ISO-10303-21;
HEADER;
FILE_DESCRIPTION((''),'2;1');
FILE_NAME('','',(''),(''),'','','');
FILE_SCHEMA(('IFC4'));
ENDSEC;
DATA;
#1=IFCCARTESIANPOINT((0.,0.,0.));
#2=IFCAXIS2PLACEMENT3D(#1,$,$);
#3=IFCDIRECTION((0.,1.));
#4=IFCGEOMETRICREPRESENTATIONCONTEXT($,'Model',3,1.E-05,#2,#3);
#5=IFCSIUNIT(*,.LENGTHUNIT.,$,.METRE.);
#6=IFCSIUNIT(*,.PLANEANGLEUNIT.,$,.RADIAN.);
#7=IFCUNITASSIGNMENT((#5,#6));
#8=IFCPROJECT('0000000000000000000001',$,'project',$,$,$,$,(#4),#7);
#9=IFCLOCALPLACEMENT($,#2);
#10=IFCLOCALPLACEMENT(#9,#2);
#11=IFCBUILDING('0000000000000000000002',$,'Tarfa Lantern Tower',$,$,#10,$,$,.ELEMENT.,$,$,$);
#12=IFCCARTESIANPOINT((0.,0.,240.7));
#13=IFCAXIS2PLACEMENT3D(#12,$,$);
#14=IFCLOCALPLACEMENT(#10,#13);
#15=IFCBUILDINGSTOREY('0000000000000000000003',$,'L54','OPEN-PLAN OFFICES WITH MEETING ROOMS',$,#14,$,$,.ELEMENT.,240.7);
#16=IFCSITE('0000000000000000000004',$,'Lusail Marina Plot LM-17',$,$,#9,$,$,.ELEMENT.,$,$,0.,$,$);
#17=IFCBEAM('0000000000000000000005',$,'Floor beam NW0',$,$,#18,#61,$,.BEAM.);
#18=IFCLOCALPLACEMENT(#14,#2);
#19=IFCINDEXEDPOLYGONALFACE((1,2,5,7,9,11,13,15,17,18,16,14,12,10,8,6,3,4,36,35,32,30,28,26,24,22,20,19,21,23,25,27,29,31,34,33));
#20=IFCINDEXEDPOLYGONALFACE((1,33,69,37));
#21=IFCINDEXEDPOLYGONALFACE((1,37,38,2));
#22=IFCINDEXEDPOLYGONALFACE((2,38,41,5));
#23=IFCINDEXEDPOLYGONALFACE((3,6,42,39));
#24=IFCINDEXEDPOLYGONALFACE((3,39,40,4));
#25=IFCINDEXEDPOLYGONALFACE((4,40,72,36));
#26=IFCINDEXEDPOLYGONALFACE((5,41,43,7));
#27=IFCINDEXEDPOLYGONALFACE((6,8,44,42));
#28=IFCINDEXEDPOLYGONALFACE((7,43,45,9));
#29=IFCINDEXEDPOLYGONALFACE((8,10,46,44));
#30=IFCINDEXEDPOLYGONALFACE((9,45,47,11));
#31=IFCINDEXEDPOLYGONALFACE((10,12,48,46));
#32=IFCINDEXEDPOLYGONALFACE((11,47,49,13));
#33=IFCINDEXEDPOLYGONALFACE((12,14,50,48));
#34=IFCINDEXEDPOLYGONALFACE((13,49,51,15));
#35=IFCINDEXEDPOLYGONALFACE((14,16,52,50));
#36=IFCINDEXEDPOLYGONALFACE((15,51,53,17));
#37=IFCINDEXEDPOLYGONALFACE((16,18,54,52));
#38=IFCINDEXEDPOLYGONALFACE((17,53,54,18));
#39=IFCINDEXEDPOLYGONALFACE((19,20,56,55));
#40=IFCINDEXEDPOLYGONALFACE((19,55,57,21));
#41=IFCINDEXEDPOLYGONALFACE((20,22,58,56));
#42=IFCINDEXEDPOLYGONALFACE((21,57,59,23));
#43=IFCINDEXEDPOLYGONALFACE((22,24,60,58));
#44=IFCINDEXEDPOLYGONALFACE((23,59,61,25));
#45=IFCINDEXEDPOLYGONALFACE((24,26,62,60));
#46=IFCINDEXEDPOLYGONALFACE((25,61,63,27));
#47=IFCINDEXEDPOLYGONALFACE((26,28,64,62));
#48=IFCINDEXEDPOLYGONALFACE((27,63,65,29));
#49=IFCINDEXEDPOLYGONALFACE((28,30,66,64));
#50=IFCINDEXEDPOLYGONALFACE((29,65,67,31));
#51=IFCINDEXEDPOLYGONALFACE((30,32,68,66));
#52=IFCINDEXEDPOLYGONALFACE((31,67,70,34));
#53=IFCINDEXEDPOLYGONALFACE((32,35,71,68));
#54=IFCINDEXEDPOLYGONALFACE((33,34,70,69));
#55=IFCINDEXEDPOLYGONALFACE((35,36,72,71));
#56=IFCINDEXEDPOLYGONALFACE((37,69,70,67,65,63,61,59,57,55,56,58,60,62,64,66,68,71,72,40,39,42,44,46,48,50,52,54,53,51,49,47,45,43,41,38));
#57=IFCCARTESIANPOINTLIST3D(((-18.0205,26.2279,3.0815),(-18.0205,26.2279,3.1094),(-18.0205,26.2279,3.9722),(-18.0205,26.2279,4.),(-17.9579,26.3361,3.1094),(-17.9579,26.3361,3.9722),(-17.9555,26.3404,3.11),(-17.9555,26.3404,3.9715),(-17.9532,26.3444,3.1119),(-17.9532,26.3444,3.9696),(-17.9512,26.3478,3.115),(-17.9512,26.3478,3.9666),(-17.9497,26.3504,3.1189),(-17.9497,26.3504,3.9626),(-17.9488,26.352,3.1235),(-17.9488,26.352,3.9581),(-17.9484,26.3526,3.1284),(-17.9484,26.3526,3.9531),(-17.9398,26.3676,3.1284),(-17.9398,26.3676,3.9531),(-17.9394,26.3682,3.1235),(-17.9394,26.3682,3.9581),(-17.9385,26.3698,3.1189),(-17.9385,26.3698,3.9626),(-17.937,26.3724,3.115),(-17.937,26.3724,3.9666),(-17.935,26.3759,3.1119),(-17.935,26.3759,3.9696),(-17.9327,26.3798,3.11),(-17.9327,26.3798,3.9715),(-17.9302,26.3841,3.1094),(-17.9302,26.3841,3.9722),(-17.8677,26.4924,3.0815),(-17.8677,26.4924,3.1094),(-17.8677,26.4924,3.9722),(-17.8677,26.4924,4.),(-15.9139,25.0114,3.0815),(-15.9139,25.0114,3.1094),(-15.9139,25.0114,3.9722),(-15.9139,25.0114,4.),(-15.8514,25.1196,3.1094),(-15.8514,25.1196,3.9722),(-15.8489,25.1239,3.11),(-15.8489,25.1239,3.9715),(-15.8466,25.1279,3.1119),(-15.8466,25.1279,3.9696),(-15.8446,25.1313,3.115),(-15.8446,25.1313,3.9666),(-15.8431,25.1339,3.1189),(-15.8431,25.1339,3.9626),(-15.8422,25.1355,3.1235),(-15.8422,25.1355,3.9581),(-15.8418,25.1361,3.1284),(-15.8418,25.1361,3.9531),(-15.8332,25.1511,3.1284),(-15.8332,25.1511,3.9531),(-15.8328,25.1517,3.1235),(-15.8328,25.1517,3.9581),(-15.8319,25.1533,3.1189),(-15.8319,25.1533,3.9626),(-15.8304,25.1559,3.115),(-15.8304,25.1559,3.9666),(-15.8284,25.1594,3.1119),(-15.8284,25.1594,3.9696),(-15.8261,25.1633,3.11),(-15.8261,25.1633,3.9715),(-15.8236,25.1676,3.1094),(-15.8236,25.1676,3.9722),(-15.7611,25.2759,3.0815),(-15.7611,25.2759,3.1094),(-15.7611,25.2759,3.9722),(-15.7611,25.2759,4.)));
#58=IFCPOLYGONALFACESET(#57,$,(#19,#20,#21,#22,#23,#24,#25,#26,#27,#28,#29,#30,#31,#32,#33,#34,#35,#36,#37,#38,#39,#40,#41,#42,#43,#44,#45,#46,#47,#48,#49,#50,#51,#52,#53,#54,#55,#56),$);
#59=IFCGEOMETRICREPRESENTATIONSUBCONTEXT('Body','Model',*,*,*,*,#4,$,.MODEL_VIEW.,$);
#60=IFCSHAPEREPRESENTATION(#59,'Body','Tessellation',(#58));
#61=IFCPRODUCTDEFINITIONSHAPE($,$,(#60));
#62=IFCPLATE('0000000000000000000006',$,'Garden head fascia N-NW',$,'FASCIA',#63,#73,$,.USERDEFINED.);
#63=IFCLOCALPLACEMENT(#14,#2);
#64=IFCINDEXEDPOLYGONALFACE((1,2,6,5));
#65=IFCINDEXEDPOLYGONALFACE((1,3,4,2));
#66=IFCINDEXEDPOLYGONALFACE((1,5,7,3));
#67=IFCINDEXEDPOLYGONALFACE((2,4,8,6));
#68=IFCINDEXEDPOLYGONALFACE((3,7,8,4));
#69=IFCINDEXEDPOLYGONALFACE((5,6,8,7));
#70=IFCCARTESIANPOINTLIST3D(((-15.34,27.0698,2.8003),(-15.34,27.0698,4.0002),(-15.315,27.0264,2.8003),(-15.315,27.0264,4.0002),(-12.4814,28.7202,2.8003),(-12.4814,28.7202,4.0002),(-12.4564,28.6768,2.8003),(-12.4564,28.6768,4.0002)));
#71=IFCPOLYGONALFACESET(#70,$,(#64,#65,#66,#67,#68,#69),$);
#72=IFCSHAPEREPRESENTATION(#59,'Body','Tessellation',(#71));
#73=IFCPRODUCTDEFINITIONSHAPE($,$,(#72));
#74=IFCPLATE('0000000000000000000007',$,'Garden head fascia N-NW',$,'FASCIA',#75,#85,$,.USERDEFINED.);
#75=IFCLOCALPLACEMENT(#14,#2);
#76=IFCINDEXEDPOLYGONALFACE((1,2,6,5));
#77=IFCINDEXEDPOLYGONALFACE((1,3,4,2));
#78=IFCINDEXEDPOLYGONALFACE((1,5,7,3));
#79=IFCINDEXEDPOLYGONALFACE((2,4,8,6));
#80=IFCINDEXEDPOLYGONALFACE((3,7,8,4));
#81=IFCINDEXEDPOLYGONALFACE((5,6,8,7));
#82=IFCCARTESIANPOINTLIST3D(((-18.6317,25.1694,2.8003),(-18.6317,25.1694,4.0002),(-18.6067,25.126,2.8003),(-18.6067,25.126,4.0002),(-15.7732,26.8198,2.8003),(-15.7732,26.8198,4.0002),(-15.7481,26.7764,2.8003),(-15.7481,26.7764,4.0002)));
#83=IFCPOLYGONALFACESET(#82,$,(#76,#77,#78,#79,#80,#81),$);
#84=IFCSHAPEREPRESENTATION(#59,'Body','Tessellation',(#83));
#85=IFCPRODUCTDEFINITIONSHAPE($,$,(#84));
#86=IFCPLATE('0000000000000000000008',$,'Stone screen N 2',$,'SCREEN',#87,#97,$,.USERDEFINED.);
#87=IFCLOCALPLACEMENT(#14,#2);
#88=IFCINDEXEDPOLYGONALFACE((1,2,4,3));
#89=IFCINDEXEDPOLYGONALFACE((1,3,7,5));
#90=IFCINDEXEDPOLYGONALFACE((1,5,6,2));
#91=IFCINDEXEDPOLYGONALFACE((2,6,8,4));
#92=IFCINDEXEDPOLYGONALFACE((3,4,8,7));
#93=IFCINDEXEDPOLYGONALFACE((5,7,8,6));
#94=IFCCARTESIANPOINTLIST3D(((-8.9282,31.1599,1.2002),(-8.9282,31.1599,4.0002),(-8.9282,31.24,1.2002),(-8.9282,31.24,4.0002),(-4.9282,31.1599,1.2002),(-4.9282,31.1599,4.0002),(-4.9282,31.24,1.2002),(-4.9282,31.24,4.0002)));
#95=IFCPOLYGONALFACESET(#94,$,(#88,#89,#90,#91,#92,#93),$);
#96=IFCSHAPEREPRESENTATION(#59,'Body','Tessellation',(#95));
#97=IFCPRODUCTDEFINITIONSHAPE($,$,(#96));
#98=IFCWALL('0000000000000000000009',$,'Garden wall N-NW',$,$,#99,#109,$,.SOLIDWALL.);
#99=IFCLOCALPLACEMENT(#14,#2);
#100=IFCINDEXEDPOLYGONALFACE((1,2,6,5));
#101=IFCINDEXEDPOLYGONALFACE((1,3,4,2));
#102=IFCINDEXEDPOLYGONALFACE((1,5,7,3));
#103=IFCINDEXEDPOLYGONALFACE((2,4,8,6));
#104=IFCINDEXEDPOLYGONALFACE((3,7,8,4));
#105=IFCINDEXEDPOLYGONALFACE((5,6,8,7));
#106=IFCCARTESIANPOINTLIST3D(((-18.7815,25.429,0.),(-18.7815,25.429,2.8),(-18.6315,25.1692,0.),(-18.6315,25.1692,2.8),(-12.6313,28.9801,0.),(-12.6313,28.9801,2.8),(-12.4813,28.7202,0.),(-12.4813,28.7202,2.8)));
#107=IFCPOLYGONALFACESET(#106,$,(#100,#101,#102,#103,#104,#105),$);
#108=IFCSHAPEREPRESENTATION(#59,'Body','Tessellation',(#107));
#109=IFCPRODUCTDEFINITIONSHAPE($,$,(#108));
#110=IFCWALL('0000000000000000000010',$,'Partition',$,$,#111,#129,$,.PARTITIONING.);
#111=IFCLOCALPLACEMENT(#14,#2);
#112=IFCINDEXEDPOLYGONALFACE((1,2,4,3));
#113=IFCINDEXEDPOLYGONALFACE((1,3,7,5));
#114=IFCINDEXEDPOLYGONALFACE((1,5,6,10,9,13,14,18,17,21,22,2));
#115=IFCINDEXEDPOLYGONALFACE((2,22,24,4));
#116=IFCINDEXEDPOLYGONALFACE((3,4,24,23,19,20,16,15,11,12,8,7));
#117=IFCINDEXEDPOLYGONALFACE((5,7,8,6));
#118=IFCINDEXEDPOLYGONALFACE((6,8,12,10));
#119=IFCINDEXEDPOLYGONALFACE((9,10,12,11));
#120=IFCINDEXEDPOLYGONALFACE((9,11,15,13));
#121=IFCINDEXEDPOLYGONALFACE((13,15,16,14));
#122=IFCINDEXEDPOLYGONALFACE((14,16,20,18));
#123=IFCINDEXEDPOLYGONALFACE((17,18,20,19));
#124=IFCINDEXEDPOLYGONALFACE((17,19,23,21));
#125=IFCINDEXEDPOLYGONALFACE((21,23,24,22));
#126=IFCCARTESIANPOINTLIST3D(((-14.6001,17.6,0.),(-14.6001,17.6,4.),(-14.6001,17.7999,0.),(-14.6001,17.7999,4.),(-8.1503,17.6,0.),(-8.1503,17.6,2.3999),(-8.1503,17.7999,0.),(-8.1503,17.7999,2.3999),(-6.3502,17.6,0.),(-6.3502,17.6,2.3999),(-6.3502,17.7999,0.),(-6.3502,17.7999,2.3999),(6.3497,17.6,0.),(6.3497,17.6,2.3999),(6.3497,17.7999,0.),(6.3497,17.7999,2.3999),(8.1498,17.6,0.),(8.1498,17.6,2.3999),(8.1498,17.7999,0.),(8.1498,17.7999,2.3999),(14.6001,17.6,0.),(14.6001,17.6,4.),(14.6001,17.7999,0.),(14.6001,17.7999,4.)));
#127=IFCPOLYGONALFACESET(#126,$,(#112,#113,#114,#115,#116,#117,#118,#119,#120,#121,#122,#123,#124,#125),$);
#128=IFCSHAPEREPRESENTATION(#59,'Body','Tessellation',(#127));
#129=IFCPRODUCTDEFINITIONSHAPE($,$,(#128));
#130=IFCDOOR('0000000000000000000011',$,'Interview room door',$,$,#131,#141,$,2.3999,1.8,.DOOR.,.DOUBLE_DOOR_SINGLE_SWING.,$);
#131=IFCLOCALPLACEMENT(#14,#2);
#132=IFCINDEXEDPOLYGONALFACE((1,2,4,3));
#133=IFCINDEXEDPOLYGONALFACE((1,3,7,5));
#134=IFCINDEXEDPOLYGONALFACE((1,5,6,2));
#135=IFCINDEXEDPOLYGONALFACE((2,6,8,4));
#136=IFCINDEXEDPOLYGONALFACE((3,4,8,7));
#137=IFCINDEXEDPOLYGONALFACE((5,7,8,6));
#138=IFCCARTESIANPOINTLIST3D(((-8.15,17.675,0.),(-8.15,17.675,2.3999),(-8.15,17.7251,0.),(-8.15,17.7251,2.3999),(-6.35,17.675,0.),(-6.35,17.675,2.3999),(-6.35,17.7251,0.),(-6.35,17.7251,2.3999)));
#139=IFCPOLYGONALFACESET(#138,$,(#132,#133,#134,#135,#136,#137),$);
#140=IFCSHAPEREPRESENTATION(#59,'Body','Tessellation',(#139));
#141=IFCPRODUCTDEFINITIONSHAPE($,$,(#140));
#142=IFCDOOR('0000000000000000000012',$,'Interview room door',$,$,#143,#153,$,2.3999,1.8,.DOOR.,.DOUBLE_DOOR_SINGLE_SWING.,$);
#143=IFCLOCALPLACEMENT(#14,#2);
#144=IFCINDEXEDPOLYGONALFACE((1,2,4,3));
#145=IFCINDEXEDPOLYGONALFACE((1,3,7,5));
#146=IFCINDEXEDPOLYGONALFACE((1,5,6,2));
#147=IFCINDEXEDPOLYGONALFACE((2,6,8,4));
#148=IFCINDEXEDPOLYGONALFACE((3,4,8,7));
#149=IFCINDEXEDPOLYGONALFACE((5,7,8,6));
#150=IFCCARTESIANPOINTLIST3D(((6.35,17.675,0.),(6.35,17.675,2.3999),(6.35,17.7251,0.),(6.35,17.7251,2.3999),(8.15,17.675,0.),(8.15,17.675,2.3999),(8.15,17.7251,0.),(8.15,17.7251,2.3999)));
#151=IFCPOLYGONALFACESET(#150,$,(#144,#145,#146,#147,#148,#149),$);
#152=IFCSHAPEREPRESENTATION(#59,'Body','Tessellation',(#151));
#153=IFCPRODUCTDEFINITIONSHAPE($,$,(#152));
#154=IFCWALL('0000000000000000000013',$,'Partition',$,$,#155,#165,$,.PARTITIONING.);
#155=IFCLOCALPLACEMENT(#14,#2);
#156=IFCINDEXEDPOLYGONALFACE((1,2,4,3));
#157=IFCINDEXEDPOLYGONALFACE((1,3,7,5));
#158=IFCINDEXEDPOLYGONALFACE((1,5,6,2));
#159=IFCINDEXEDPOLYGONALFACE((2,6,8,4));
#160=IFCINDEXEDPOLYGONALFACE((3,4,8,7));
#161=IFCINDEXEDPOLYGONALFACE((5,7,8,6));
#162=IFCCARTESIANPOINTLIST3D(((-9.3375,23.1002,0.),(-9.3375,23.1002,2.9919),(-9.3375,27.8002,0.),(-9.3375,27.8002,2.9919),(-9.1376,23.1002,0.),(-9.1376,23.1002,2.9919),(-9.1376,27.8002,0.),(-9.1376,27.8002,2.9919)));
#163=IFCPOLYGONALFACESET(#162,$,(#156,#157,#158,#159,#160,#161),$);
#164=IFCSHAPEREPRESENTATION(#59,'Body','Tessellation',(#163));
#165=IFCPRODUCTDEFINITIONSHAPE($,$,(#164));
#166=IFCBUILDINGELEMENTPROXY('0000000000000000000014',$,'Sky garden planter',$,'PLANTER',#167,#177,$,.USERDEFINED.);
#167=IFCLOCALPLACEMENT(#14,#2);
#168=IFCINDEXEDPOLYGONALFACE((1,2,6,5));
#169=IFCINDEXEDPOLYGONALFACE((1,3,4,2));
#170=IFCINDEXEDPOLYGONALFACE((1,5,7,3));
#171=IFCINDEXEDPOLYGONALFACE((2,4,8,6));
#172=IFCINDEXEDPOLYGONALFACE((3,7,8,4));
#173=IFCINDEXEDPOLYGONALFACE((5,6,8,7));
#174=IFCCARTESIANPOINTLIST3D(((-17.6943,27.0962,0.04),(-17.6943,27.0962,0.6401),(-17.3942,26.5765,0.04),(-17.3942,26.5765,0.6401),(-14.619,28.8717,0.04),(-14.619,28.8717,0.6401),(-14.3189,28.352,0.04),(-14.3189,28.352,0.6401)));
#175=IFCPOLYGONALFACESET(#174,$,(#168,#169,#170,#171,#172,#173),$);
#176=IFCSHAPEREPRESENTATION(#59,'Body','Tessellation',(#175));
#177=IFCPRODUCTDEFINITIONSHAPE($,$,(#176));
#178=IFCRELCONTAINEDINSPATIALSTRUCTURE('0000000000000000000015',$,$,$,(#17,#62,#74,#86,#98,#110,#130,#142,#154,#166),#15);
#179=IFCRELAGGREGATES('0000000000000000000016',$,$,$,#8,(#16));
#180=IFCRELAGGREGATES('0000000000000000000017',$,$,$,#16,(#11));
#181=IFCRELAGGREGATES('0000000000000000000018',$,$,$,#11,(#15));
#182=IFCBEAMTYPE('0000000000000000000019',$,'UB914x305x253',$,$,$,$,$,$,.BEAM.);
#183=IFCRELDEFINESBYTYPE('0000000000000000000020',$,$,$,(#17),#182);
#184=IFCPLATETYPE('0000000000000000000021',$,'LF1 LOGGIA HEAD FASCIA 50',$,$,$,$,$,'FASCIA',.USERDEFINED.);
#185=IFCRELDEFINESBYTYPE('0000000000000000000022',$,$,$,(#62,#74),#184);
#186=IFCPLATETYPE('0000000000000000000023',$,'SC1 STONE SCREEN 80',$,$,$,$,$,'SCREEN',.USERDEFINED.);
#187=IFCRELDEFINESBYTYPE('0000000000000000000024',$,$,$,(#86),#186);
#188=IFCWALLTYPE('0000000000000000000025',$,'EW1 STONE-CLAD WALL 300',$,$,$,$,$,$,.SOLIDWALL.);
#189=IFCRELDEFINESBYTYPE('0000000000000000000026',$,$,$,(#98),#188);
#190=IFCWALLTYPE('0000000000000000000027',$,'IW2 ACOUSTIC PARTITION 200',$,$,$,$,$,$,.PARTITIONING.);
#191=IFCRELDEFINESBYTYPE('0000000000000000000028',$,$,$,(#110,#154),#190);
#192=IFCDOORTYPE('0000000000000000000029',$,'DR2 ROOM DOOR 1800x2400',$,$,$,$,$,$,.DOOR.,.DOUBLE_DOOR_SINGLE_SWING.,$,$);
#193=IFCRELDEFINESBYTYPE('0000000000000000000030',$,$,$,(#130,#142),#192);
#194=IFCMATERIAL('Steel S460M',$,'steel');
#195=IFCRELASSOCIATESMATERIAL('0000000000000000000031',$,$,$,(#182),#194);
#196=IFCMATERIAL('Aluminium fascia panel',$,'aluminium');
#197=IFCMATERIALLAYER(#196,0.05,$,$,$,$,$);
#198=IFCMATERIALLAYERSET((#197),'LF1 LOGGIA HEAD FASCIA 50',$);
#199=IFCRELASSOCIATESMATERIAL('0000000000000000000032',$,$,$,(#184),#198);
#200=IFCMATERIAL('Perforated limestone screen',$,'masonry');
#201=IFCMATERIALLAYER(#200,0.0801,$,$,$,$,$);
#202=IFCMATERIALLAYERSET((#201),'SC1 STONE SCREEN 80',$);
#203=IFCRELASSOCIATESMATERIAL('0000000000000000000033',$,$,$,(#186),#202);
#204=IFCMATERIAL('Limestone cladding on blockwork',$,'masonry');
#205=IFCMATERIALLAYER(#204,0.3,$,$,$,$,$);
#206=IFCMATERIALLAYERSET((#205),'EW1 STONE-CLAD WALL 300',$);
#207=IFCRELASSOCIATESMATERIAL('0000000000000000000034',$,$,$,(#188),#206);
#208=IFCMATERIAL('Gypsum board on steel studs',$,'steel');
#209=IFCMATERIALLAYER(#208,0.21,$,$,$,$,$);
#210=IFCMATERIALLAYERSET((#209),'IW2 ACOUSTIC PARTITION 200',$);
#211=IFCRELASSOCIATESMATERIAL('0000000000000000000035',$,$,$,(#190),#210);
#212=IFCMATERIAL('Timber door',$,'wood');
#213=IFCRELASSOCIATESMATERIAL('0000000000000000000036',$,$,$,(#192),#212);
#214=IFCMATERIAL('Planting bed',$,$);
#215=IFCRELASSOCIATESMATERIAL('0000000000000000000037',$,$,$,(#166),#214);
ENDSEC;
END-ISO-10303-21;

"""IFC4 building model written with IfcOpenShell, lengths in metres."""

from ifc_helpers import new_model, si_unit, direction, frame, frame_2d, origin, origin_2d, place, context, subcontext, project, spatial, rectangle, i_section, extrude, material, layer, layer_set, material_profile, profile_set, type_object, element, fill, save


model = new_model("IFC4")

# Units and contexts
model_context = context("Model", 3, precision=1e-05, world=origin(), true_north=direction((0.0, 1.0)))
body_context = subcontext(model_context, "Body", "Model", "MODEL_VIEW")
ifc_project = project(units=[si_unit("LENGTHUNIT", "METRE"), si_unit("PLANEANGLEUNIT", "RADIAN")], contexts=[model_context])

# Site, building, storey
site_placement = place(None, origin())
site = spatial("IfcSite", under=ifc_project, at=site_placement, Name="Lusail Marina Plot LM-17", CompositionType="ELEMENT", RefElevation=0.0)
building_placement = place(site_placement, origin())
building = spatial("IfcBuilding", under=site, at=building_placement, Name="Tarfa Lantern Tower", CompositionType="ELEMENT")
storey_placement = place(building_placement, frame((0.0, 0.0, 240.7)))
storey = spatial("IfcBuildingStorey", under=building, at=storey_placement, Name="L54", Description="OPEN-PLAN OFFICES WITH MEETING ROOMS", CompositionType="ELEMENT", Elevation=240.7)

# Beam
ifc_material_1 = material(Name="Steel S460M", Category="steel")
ifc_material_profile_1 = material_profile(ifc_material_1, i_section(OverallWidth=0.3054, OverallDepth=0.9185, WebThickness=0.0173, FlangeThickness=0.0278, FilletRadius=0.019, at=origin_2d()), Name="UB914x305x253")
ifc_profile_set_1 = profile_set([ifc_material_profile_1], Name="Steel S460M")
beam_type_1 = type_object("IfcBeamType", Name="UB914x305x253", PredefinedType="BEAM", material=ifc_profile_set_1)
beam_1_placement = place(storey_placement, frame((-17.9441, 26.3601, 3.5408), z_axis=(0.86598, -0.500079, 0.0), x_axis=(0.500079, 0.86598, 0.0)))
element("IfcBeam", 1, at=beam_1_placement, inside=storey, type_object=beam_type_1, Name="Floor beam NW0", PredefinedType="BEAM", context=body_context, shape_type="SweptSolid", body=[
    extrude(i_section(OverallWidth=0.3054, OverallDepth=0.9185, WebThickness=0.0173, FlangeThickness=0.0278, FilletRadius=0.019, at=origin_2d()), origin(), (0.0, 0.0, 1.0), 2.4326),
])

# Plates
ifc_material_2 = material(Name="Aluminium fascia panel", Category="aluminium")
ifc_layer_1 = layer(ifc_material_2, 0.05)
ifc_layer_set_1 = layer_set([ifc_layer_1], Name="LF1 LOGGIA HEAD FASCIA 50")
plate_type_1 = type_object("IfcPlateType", Name="LF1 LOGGIA HEAD FASCIA 50", ElementType="FASCIA", PredefinedType="USERDEFINED", material=ifc_layer_set_1)
for number, where, z_axis, x_axis, name in (
    (2, (-13.8982, 27.8733, 2.8003), (0.0, 0.0, 1.0), (-0.866025, -0.5, 0.0), "Garden head fascia N-NW"),
    (3, (-17.1899, 25.9729, 2.8003), (0.0, 0.0, 1.0), (-0.866025, -0.5, 0.0), "Garden head fascia N-NW"),
):
    element("IfcPlate", number, at=place(storey_placement, frame(where, z_axis=z_axis, x_axis=x_axis)), inside=storey, type_object=plate_type_1, Name=name, ObjectType="FASCIA", PredefinedType="USERDEFINED", context=body_context, shape_type="SweptSolid", body=[
        extrude(rectangle(XDim=3.3008, YDim=0.05, at=origin_2d()), origin(), (0.0, 0.0, 1.0), 1.2),
    ])
ifc_material_3 = material(Name="Perforated limestone screen", Category="masonry")
ifc_layer_2 = layer(ifc_material_3, 0.0801)
ifc_layer_set_2 = layer_set([ifc_layer_2], Name="SC1 STONE SCREEN 80")
plate_type_2 = type_object("IfcPlateType", Name="SC1 STONE SCREEN 80", ElementType="SCREEN", PredefinedType="USERDEFINED", material=ifc_layer_set_2)
plate_placement = place(storey_placement, frame((-6.9282, 31.2, 1.2002), z_axis=(0.0, 0.0, 1.0), x_axis=(-1.0, 0.0, 0.0)))
element("IfcPlate", 4, at=plate_placement, inside=storey, type_object=plate_type_2, Name="Stone screen N 2", ObjectType="SCREEN", PredefinedType="USERDEFINED", context=body_context, shape_type="SweptSolid", body=[
    extrude(rectangle(XDim=4.0, YDim=0.0801, at=origin_2d()), origin(), (0.0, 0.0, 1.0), 2.8),
])

# Wall
ifc_material_4 = material(Name="Limestone cladding on blockwork", Category="masonry")
ifc_layer_3 = layer(ifc_material_4, 0.3)
ifc_layer_set_3 = layer_set([ifc_layer_3], Name="EW1 STONE-CLAD WALL 300")
wall_type_1 = type_object("IfcWallType", Name="EW1 STONE-CLAD WALL 300", PredefinedType="SOLIDWALL", material=ifc_layer_set_3)
wall_1_placement = place(storey_placement, frame((-12.5564, 28.8501, 0.0), z_axis=(0.0, 0.0, 1.0), x_axis=(-0.866011, -0.500025, 0.0)))
element("IfcWall", 5, at=wall_1_placement, inside=storey, type_object=wall_type_1, Name="Garden wall N-NW", PredefinedType="SOLIDWALL", context=body_context, shape_type="SweptSolid", body=[
    extrude(rectangle(XDim=7.1018, YDim=0.3, at=frame_2d((3.5508, 0.0))), origin(), (0.0, 0.0, 1.0), 2.8),
])

# Wall, openings, doors
ifc_material_5 = material(Name="Gypsum board on steel studs", Category="steel")
ifc_layer_4 = layer(ifc_material_5, 0.21)
ifc_layer_set_4 = layer_set([ifc_layer_4], Name="IW2 ACOUSTIC PARTITION 200")
wall_type_2 = type_object("IfcWallType", Name="IW2 ACOUSTIC PARTITION 200", PredefinedType="PARTITIONING", material=ifc_layer_set_4)
wall_2_placement = place(storey_placement, frame((-14.6001, 17.7, 0.0), z_axis=(0.0, 0.0, 1.0), x_axis=(1.0, 0.0, 0.0)))
wall_2 = element("IfcWall", 6, at=wall_2_placement, inside=storey, type_object=wall_type_2, Name="Partition", PredefinedType="PARTITIONING", context=body_context, shape_type="SweptSolid", body=[
    extrude(rectangle(XDim=29.2002, YDim=0.2, at=frame_2d((14.6001, 0.0))), origin(), (0.0, 0.0, 1.0), 4.0),
])
opening_1_placement = place(wall_2_placement, frame((6.45, 0.0, 0.0)))
opening_1 = element("IfcOpeningElement", 7, at=opening_1_placement, cuts=wall_2, PredefinedType="OPENING", context=body_context, shape_type="SweptSolid", body=[
    extrude(rectangle(XDim=1.8, YDim=2.3999, at=frame_2d((0.8999, 1.2))), frame((0.0, 0.1099, 0.0), z_axis=(0.0, -1.0, 0.0), x_axis=(1.0, 0.0, 0.0)), (0.0, 0.0, 1.0), 0.22),
])
opening_2_placement = place(wall_2_placement, frame((20.95, 0.0, 0.0)))
opening_2 = element("IfcOpeningElement", 8, at=opening_2_placement, cuts=wall_2, PredefinedType="OPENING", context=body_context, shape_type="SweptSolid", body=[
    extrude(rectangle(XDim=1.8, YDim=2.3999, at=frame_2d((0.8999, 1.2))), frame((0.0, 0.1099, 0.0), z_axis=(0.0, -1.0, 0.0), x_axis=(1.0, 0.0, 0.0)), (0.0, 0.0, 1.0), 0.22),
])
ifc_material_6 = material(Name="Timber door", Category="wood")
door_type = type_object("IfcDoorType", Name="DR2 ROOM DOOR 1800x2400", OperationType="DOUBLE_DOOR_SINGLE_SWING", PredefinedType="DOOR", material=ifc_material_6)
door_1_placement = place(opening_1_placement, frame((1.8, 0.0, 0.0), z_axis=(0.0, 0.0, 1.0), x_axis=(-1.0, 0.0, 0.0)))
door_1 = element("IfcDoor", 9, at=door_1_placement, inside=storey, type_object=door_type, Name="Interview room door", OperationType="DOUBLE_DOOR_SINGLE_SWING", OverallHeight=2.3999, OverallWidth=1.8, PredefinedType="DOOR", context=body_context, shape_type="SweptSolid", body=[
    extrude(rectangle(XDim=1.8, YDim=2.3999, at=frame_2d((0.8999, 1.2))), frame((0.0, 0.0249, 0.0), z_axis=(0.0, -1.0, 0.0), x_axis=(1.0, 0.0, 0.0)), (0.0, 0.0, 1.0), 0.05),
])
fill(opening_1, door_1)
door_2_placement = place(opening_2_placement, frame((1.8, 0.0, 0.0), z_axis=(0.0, 0.0, 1.0), x_axis=(-1.0, 0.0, 0.0)))
door_2 = element("IfcDoor", 10, at=door_2_placement, inside=storey, type_object=door_type, Name="Interview room door", OperationType="DOUBLE_DOOR_SINGLE_SWING", OverallHeight=2.3999, OverallWidth=1.8, PredefinedType="DOOR", context=body_context, shape_type="SweptSolid", body=[
    extrude(rectangle(XDim=1.8, YDim=2.3999, at=frame_2d((0.8999, 1.2))), frame((0.0, 0.0249, 0.0), z_axis=(0.0, -1.0, 0.0), x_axis=(1.0, 0.0, 0.0)), (0.0, 0.0, 1.0), 0.05),
])
fill(opening_2, door_2)

# Wall
wall_3_placement = place(storey_placement, frame((-9.2375, 23.1001, 0.0), z_axis=(0.0, 0.0, 1.0), x_axis=(0.0, 1.0, 0.0)))
element("IfcWall", 11, at=wall_3_placement, inside=storey, type_object=wall_type_2, Name="Partition", PredefinedType="PARTITIONING", context=body_context, shape_type="SweptSolid", body=[
    extrude(rectangle(XDim=4.7, YDim=0.2, at=frame_2d((2.3501, 0.0))), origin(), (0.0, 0.0, 1.0), 2.9919),
])

# Building element proxy
ifc_material_7 = material(Name="Planting bed")
proxy_placement = place(storey_placement, frame((-16.0066, 27.7241, 0.04), z_axis=(0.0, 0.0, 1.0), x_axis=(-0.866025, -0.5, 0.0)))
element("IfcBuildingElementProxy", 12, at=proxy_placement, inside=storey, material=ifc_material_7, Name="Sky garden planter", ObjectType="PLANTER", PredefinedType="USERDEFINED", context=body_context, shape_type="SweptSolid", body=[
    extrude(rectangle(XDim=3.551, YDim=0.6001, at=origin_2d()), origin(), (0.0, 0.0, 1.0), 0.6001),
])

save(model, "model.ifc")
